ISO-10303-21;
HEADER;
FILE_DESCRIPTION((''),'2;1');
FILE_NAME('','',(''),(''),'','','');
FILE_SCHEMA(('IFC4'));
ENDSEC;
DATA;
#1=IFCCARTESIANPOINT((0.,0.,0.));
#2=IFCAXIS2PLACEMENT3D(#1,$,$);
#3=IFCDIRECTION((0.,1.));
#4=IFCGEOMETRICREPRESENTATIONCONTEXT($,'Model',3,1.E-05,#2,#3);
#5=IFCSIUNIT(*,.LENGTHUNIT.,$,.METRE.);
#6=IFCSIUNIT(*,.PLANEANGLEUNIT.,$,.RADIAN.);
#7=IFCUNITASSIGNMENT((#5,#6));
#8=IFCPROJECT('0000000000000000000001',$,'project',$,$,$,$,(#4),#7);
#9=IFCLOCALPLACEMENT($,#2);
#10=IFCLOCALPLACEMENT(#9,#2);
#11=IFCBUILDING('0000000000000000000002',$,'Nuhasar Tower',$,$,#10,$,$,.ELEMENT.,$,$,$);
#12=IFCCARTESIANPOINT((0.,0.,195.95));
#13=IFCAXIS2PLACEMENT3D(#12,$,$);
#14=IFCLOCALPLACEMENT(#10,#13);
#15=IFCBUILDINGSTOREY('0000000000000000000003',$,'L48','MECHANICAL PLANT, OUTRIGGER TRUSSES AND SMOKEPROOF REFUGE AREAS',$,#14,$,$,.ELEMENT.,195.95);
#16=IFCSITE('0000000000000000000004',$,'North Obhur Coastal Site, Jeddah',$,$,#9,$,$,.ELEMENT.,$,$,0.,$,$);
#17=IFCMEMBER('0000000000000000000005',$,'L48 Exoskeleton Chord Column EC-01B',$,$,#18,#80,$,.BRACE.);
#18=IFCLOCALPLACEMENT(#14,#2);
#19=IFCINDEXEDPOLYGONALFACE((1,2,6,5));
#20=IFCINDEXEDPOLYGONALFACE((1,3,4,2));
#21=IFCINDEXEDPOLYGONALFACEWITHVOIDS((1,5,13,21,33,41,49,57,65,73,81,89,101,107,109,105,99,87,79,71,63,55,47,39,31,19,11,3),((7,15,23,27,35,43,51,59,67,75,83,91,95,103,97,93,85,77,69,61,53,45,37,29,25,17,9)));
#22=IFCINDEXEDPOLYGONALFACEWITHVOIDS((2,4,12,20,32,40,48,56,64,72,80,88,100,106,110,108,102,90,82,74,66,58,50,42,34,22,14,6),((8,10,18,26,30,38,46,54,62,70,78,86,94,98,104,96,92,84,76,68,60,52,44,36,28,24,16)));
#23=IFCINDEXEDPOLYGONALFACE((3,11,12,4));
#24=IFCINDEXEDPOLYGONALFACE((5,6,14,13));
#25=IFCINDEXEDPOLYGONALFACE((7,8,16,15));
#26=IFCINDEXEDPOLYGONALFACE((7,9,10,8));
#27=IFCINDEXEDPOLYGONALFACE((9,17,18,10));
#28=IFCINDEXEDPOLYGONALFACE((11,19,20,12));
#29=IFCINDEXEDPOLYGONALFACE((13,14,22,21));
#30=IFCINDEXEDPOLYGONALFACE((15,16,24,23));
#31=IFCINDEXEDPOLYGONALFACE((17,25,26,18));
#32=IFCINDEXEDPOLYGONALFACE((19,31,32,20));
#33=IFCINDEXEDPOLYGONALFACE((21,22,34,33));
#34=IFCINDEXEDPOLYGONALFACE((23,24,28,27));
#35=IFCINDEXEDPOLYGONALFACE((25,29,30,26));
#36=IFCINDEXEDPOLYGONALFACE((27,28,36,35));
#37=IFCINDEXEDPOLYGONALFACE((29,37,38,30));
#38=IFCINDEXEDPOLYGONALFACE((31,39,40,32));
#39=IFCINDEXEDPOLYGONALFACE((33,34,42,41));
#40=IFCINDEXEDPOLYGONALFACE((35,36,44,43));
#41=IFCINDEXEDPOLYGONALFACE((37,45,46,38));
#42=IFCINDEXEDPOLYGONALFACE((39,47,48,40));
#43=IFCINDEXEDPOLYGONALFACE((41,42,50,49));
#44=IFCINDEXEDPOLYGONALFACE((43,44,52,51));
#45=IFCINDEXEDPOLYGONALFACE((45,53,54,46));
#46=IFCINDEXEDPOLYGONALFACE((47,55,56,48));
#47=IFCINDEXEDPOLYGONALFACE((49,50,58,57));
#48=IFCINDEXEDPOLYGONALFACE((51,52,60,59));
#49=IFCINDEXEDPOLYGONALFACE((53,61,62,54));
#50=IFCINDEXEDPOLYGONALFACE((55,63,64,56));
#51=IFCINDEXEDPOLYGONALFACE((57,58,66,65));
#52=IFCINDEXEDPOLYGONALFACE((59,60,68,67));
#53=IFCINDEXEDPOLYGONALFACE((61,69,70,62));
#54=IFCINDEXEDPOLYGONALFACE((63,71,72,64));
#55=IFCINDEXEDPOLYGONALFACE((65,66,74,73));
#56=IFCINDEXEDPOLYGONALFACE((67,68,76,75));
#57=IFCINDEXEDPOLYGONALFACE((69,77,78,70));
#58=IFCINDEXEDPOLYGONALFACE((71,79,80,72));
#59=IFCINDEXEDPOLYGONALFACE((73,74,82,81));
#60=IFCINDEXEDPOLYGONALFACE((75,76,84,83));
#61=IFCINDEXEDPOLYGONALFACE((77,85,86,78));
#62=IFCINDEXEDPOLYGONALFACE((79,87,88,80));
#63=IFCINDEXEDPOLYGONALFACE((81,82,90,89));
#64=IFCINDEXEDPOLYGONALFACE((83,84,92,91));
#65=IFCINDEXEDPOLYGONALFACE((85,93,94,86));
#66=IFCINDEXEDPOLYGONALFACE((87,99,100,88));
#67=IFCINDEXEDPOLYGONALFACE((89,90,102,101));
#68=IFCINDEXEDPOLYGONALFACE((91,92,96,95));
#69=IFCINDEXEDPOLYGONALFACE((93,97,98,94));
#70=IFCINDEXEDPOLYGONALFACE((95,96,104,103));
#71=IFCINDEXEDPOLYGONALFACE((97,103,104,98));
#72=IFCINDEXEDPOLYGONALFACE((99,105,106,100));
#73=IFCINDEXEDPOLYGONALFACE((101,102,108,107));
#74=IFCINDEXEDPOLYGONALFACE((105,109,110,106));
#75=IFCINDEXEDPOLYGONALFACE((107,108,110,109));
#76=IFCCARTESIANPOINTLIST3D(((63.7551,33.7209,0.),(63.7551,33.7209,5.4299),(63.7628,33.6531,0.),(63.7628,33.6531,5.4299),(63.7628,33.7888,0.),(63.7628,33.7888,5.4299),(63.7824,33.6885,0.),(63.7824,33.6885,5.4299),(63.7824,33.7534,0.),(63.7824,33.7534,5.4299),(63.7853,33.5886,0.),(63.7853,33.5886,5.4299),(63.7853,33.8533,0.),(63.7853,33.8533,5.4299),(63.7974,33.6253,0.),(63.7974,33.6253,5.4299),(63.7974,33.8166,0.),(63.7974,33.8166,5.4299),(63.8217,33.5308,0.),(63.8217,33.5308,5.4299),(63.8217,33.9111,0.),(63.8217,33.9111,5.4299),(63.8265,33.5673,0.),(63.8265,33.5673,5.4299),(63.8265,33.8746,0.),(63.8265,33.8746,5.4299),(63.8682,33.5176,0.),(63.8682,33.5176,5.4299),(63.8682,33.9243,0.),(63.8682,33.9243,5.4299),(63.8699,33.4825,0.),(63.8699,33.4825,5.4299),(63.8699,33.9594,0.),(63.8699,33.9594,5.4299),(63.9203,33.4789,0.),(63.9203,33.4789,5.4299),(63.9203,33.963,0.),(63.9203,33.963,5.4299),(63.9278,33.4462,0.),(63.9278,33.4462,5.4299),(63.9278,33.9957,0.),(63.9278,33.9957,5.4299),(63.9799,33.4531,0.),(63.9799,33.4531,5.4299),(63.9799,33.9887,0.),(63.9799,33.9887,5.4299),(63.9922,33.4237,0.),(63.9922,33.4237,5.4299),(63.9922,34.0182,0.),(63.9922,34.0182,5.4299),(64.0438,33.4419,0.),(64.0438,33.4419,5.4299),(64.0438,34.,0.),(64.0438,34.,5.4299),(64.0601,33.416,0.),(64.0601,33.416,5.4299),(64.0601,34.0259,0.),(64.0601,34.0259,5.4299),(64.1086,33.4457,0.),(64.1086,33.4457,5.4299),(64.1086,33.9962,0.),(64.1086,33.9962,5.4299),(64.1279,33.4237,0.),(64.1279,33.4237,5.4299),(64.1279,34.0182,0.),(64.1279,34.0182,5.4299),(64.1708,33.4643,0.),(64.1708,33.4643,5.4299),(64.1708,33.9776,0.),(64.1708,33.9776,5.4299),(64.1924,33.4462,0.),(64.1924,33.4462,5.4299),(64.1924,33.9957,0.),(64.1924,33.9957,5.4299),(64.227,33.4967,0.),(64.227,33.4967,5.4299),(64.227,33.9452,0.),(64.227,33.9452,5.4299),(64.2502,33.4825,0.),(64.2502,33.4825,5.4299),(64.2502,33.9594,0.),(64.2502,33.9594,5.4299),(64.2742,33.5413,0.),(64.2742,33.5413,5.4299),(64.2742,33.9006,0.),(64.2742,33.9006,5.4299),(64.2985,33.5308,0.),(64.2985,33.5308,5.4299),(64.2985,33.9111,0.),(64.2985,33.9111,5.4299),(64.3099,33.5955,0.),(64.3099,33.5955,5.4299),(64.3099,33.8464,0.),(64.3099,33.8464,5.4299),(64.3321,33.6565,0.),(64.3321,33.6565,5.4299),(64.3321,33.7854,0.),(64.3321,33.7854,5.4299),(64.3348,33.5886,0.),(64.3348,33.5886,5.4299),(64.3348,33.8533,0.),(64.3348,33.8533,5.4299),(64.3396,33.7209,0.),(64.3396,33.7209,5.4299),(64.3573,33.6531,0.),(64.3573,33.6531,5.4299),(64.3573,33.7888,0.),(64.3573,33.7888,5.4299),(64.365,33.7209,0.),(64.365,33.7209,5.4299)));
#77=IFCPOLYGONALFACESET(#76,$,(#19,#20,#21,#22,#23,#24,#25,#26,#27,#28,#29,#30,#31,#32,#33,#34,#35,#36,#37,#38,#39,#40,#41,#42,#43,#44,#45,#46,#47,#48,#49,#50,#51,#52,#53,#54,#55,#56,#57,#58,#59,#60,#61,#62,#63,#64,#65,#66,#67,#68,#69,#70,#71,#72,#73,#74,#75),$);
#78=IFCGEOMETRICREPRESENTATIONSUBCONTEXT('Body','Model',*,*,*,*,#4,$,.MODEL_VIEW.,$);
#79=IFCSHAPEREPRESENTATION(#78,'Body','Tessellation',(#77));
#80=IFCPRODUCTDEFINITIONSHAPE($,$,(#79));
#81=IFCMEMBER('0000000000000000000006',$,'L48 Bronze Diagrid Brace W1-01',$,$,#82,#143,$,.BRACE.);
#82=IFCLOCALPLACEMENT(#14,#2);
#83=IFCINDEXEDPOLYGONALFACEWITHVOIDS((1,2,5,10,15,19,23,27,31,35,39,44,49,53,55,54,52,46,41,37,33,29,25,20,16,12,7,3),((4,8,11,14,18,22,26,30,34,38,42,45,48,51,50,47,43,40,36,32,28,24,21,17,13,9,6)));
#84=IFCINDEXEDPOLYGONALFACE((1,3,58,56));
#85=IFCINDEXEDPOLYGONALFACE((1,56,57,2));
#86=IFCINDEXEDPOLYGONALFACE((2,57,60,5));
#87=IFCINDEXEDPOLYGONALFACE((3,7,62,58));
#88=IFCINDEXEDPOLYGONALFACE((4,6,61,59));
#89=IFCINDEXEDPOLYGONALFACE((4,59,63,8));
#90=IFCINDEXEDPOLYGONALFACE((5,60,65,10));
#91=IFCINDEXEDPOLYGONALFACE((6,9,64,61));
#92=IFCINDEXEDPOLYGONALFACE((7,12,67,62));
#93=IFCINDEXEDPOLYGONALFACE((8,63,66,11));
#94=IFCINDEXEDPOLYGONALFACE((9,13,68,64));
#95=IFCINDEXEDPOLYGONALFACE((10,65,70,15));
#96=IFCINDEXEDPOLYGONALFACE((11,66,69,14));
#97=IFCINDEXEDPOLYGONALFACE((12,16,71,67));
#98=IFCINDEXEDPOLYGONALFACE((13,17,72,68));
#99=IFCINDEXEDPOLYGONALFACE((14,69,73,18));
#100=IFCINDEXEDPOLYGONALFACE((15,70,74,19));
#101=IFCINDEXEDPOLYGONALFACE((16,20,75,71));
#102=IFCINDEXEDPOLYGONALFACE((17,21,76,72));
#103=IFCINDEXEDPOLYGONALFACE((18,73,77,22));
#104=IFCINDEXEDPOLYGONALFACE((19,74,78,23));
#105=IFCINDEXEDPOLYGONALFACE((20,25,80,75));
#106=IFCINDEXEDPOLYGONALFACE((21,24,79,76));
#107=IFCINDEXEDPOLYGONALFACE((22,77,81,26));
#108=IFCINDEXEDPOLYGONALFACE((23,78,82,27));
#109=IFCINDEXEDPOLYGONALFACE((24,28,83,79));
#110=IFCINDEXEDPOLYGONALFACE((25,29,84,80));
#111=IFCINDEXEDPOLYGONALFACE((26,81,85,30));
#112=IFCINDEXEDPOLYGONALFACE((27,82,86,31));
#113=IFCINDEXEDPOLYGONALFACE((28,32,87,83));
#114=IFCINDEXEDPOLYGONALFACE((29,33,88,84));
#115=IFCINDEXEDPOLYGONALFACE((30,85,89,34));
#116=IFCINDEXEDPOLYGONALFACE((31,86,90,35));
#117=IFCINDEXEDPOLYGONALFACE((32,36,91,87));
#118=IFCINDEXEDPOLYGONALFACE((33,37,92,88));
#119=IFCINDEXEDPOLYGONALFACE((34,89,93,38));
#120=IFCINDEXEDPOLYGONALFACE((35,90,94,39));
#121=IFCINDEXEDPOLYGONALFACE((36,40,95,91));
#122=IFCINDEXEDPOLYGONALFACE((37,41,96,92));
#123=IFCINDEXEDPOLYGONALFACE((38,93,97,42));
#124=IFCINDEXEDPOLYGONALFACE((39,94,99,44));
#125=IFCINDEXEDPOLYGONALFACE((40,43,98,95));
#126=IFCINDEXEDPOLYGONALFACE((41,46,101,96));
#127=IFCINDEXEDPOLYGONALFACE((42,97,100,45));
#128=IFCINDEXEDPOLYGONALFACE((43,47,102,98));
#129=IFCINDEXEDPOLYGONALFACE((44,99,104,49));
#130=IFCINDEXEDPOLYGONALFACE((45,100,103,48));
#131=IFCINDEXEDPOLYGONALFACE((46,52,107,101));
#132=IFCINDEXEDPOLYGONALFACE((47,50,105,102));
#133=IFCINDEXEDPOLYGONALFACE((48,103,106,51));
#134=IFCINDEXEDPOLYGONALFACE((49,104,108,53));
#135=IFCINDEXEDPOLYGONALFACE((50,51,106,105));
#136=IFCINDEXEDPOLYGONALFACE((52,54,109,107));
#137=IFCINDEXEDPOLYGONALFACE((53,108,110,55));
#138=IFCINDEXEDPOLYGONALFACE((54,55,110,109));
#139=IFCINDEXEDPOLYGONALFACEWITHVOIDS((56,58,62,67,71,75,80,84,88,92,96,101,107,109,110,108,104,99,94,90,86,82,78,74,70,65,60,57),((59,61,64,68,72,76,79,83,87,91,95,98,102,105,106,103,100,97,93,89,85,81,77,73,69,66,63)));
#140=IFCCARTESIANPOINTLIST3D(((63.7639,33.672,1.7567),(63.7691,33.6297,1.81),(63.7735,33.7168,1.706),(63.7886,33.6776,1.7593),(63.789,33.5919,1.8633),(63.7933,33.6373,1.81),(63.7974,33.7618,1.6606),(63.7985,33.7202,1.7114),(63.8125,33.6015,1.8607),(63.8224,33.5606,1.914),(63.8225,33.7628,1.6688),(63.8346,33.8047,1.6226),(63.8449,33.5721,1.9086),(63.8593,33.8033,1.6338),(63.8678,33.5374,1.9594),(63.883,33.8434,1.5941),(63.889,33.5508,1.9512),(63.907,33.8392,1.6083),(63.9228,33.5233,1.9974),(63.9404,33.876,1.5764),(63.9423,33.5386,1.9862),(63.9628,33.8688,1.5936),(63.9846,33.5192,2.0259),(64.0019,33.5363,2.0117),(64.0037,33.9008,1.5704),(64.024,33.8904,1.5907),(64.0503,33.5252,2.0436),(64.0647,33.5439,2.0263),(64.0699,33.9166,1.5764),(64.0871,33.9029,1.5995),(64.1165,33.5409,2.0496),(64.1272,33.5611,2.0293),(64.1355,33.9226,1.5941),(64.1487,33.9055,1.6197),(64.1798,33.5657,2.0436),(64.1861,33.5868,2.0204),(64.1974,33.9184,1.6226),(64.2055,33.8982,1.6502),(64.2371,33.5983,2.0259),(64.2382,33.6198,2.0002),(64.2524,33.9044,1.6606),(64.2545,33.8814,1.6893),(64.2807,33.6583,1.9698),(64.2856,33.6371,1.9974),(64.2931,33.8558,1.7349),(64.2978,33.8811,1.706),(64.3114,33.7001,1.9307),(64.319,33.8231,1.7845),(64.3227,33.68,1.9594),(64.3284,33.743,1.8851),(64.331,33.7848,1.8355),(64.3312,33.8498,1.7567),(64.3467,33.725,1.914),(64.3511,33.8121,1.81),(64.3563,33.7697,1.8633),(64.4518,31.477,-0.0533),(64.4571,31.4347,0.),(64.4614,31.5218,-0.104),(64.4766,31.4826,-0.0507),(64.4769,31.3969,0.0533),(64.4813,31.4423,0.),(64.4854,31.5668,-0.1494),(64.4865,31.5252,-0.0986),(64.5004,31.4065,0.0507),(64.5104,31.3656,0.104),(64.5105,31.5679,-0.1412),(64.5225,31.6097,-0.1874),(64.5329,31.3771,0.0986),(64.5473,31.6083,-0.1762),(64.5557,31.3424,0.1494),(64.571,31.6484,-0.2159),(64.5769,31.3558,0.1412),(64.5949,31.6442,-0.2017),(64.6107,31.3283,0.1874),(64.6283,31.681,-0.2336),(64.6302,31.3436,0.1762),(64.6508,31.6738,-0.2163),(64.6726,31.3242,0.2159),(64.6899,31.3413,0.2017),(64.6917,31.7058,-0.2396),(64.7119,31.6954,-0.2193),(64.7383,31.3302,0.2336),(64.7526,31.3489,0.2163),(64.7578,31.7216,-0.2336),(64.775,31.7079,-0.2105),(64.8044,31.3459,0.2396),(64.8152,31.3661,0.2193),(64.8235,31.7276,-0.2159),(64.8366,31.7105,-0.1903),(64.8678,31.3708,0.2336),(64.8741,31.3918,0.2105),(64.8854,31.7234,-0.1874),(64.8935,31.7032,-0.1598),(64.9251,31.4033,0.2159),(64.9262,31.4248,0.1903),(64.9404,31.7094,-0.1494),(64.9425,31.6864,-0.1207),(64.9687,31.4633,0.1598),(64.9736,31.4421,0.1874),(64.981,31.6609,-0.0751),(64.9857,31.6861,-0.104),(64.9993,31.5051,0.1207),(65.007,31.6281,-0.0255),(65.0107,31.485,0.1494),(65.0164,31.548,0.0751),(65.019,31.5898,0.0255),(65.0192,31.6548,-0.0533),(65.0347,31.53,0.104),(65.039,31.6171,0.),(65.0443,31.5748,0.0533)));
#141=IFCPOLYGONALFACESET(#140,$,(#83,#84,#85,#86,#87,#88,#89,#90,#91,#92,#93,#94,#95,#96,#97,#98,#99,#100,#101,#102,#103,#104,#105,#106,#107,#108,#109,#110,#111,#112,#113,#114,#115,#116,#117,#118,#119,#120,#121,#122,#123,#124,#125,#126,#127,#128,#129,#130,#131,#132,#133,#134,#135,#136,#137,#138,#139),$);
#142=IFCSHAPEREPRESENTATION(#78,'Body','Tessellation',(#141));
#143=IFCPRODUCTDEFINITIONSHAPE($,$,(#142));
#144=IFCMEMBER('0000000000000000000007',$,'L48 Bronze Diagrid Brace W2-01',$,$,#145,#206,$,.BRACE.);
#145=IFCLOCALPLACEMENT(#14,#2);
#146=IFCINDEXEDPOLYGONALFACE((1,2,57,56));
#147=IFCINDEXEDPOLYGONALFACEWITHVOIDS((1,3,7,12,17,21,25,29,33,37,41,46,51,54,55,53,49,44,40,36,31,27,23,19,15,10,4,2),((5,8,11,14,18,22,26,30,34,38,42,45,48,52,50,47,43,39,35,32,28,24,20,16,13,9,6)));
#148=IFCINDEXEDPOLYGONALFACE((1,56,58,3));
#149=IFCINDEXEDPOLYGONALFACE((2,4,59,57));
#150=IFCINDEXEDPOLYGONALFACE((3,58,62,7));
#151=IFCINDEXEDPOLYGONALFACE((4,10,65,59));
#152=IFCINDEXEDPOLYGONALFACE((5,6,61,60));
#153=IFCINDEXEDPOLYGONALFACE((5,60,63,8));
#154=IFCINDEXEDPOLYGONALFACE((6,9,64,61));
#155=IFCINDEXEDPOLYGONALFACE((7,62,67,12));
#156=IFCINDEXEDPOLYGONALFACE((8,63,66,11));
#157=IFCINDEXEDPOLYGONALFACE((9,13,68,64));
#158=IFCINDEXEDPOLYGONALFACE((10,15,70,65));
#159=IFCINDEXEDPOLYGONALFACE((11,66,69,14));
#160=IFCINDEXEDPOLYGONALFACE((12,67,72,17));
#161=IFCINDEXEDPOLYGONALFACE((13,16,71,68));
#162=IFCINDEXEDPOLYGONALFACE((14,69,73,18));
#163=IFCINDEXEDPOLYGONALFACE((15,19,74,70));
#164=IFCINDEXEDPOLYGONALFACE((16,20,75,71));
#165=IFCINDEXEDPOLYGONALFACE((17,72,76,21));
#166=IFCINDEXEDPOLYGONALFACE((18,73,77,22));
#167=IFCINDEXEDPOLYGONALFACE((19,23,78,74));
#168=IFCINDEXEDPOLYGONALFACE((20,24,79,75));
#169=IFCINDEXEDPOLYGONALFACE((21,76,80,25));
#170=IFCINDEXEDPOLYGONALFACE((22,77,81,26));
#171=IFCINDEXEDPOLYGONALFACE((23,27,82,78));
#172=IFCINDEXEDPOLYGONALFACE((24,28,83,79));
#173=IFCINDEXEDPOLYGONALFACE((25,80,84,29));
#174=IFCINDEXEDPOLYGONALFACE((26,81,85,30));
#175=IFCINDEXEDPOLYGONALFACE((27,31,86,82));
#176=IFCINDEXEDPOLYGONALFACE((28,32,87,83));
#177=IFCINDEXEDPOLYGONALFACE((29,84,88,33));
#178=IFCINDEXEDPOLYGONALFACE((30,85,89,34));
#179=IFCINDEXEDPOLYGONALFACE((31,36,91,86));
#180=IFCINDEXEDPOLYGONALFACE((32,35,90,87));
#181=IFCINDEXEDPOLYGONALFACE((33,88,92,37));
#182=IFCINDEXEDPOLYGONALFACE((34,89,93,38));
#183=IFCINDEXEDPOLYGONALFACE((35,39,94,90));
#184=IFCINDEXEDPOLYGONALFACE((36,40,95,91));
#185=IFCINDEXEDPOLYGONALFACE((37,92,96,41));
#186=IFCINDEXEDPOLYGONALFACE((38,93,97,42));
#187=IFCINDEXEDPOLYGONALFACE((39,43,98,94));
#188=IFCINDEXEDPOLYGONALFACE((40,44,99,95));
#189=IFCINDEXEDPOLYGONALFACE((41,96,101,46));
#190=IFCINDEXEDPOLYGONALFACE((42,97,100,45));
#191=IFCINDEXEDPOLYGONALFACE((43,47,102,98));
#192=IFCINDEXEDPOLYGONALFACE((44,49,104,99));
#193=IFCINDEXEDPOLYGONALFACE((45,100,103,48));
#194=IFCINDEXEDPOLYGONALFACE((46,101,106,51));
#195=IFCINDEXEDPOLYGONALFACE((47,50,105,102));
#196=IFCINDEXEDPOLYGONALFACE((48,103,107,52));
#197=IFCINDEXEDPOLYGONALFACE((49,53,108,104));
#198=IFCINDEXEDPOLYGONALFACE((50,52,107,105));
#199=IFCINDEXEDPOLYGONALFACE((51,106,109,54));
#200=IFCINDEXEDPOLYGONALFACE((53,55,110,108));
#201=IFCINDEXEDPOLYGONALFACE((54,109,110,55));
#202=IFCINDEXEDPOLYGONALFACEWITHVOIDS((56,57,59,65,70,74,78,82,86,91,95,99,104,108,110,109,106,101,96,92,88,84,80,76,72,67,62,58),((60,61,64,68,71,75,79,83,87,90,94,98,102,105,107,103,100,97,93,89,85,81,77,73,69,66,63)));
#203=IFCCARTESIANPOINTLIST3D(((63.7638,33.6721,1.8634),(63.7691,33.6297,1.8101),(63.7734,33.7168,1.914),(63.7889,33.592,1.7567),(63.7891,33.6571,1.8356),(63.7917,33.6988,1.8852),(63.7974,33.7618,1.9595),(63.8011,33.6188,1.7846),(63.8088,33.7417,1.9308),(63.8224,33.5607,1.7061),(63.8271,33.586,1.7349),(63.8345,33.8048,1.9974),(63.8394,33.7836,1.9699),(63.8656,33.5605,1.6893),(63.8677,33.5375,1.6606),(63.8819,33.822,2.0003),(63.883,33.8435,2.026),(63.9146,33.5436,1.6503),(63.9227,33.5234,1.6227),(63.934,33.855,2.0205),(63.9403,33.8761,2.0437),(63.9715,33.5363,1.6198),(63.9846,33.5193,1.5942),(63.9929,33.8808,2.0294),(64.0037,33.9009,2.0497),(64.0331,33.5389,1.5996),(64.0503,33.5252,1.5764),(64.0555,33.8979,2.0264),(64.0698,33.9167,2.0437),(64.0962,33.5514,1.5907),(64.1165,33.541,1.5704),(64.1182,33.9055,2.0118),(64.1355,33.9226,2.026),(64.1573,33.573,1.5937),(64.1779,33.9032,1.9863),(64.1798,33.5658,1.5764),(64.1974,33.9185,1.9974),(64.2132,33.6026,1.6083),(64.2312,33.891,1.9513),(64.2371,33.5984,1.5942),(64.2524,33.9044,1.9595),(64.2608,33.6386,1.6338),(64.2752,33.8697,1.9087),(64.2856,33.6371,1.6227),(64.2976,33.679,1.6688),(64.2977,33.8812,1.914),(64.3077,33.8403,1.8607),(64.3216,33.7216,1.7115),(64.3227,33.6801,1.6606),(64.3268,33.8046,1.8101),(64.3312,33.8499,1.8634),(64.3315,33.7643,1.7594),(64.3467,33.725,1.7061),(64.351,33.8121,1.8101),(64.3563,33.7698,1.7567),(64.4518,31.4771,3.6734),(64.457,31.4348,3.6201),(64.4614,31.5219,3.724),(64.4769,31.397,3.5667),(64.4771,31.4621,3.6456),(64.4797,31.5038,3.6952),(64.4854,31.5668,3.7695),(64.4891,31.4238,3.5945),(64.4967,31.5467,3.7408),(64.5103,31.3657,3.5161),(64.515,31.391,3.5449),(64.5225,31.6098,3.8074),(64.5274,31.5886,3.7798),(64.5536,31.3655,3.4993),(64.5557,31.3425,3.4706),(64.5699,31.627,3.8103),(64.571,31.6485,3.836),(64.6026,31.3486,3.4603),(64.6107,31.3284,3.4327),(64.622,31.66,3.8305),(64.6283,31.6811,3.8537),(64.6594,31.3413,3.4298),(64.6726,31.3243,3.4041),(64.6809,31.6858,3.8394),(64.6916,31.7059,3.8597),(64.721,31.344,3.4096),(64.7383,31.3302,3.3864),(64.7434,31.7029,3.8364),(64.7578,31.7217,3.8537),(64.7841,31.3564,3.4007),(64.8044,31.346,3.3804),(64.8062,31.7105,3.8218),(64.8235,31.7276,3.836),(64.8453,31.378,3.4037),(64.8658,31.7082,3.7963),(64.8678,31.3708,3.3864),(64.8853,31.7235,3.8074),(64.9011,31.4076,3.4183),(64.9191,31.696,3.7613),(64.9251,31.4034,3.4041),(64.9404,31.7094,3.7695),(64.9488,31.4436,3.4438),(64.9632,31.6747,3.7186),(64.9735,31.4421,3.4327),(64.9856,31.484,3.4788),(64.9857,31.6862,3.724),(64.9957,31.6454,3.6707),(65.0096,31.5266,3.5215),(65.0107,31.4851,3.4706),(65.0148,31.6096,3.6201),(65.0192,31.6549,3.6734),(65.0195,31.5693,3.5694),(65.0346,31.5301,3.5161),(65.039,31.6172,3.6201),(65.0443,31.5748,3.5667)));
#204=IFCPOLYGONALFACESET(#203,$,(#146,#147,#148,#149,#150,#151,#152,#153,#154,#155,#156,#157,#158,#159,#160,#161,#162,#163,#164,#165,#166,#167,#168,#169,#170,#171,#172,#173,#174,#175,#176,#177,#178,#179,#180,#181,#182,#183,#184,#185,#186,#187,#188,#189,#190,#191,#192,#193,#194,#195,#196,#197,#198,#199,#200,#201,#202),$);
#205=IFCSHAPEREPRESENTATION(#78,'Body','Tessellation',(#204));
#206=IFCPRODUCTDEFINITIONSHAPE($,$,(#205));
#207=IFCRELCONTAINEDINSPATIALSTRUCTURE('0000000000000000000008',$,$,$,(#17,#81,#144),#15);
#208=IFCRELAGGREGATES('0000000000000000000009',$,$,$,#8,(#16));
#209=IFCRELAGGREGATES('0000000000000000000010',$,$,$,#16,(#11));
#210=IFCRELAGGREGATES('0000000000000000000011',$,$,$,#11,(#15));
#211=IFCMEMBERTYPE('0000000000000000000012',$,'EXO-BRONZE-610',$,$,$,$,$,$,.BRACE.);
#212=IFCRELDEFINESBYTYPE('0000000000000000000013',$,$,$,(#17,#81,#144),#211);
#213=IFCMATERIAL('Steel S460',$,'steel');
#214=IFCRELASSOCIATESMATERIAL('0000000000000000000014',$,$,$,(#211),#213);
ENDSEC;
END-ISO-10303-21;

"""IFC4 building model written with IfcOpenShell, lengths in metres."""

from ifc_helpers import new_model, si_unit, direction, frame, origin, origin_2d, place, context, subcontext, project, spatial, hollow_circle, extrude, material, material_profile, profile_set, type_object, element, save


model = new_model("IFC4")

# Units and contexts
model_context = context("Model", 3, precision=1e-05, world=origin(), true_north=direction((0.0, 1.0)))
body_context = subcontext(model_context, "Body", "Model", "MODEL_VIEW")
ifc_project = project(units=[si_unit("LENGTHUNIT", "METRE"), si_unit("PLANEANGLEUNIT", "RADIAN")], contexts=[model_context])

# Site, building, storey
site_placement = place(None, origin())
site = spatial("IfcSite", under=ifc_project, at=site_placement, Name="North Obhur Coastal Site, Jeddah", CompositionType="ELEMENT", RefElevation=0.0)
building_placement = place(site_placement, origin())
building = spatial("IfcBuilding", under=site, at=building_placement, Name="Nuhasar Tower", CompositionType="ELEMENT")
storey_placement = place(building_placement, frame((0.0, 0.0, 195.95)))
storey = spatial("IfcBuildingStorey", under=building, at=storey_placement, Name="L48", Description="MECHANICAL PLANT, OUTRIGGER TRUSSES AND SMOKEPROOF REFUGE AREAS", CompositionType="ELEMENT", Elevation=195.95)

# Shared definitions
ifc_material_1 = material(Name="Steel S460", Category="steel")

# Members
ifc_material_profile_1 = material_profile(ifc_material_1, hollow_circle(Radius=0.3049, WallThickness=0.0254, at=origin_2d()), Name="HSS610X25.4")
ifc_profile_set_1 = profile_set([ifc_material_profile_1], Name="Steel S460")
member_type_1 = type_object("IfcMemberType", Name="EXO-BRONZE-610", PredefinedType="BRACE", material=ifc_profile_set_1)
for number, where, z_axis, x_axis, name in (
    (1, (64.0601, 33.7209, 0.0), (0.0, 0.0, 1.0), (1.0, 0.0, 0.0), "L48 Exoskeleton Chord Column EC-01B"),
):
    element("IfcMember", number, at=place(storey_placement, frame(where, z_axis=z_axis, x_axis=x_axis)), inside=storey, type_object=member_type_1, Name=name, PredefinedType="BRACE", context=body_context, shape_type="SweptSolid", body=[
        extrude(hollow_circle(Radius=0.3049, WallThickness=0.0254, at=origin_2d()), origin(), (0.0, 0.0, 1.0), 5.4299),
    ])
for number, where, z_axis, x_axis, name in (
    (2, (64.748, 31.5259, 0.0), (-0.23504, 0.74991, 0.618378), (-0.954228, -0.299079, 0.0), "L48 Bronze Diagrid Brace W1-01"),
    (3, (64.0601, 33.7209, 1.8101), (0.23504, -0.74991, 0.618378), (0.954228, 0.299079, 0.0), "L48 Bronze Diagrid Brace W2-01"),
):
    element("IfcMember", number, at=place(storey_placement, frame(where, z_axis=z_axis, x_axis=x_axis)), inside=storey, type_object=member_type_1, Name=name, PredefinedType="BRACE", context=body_context, shape_type="SweptSolid", body=[
        extrude(hollow_circle(Radius=0.3049, WallThickness=0.0254, at=origin_2d()), origin(), (0.0, 0.0, 1.0), 2.927),
    ])

save(model, "model.ifc")
